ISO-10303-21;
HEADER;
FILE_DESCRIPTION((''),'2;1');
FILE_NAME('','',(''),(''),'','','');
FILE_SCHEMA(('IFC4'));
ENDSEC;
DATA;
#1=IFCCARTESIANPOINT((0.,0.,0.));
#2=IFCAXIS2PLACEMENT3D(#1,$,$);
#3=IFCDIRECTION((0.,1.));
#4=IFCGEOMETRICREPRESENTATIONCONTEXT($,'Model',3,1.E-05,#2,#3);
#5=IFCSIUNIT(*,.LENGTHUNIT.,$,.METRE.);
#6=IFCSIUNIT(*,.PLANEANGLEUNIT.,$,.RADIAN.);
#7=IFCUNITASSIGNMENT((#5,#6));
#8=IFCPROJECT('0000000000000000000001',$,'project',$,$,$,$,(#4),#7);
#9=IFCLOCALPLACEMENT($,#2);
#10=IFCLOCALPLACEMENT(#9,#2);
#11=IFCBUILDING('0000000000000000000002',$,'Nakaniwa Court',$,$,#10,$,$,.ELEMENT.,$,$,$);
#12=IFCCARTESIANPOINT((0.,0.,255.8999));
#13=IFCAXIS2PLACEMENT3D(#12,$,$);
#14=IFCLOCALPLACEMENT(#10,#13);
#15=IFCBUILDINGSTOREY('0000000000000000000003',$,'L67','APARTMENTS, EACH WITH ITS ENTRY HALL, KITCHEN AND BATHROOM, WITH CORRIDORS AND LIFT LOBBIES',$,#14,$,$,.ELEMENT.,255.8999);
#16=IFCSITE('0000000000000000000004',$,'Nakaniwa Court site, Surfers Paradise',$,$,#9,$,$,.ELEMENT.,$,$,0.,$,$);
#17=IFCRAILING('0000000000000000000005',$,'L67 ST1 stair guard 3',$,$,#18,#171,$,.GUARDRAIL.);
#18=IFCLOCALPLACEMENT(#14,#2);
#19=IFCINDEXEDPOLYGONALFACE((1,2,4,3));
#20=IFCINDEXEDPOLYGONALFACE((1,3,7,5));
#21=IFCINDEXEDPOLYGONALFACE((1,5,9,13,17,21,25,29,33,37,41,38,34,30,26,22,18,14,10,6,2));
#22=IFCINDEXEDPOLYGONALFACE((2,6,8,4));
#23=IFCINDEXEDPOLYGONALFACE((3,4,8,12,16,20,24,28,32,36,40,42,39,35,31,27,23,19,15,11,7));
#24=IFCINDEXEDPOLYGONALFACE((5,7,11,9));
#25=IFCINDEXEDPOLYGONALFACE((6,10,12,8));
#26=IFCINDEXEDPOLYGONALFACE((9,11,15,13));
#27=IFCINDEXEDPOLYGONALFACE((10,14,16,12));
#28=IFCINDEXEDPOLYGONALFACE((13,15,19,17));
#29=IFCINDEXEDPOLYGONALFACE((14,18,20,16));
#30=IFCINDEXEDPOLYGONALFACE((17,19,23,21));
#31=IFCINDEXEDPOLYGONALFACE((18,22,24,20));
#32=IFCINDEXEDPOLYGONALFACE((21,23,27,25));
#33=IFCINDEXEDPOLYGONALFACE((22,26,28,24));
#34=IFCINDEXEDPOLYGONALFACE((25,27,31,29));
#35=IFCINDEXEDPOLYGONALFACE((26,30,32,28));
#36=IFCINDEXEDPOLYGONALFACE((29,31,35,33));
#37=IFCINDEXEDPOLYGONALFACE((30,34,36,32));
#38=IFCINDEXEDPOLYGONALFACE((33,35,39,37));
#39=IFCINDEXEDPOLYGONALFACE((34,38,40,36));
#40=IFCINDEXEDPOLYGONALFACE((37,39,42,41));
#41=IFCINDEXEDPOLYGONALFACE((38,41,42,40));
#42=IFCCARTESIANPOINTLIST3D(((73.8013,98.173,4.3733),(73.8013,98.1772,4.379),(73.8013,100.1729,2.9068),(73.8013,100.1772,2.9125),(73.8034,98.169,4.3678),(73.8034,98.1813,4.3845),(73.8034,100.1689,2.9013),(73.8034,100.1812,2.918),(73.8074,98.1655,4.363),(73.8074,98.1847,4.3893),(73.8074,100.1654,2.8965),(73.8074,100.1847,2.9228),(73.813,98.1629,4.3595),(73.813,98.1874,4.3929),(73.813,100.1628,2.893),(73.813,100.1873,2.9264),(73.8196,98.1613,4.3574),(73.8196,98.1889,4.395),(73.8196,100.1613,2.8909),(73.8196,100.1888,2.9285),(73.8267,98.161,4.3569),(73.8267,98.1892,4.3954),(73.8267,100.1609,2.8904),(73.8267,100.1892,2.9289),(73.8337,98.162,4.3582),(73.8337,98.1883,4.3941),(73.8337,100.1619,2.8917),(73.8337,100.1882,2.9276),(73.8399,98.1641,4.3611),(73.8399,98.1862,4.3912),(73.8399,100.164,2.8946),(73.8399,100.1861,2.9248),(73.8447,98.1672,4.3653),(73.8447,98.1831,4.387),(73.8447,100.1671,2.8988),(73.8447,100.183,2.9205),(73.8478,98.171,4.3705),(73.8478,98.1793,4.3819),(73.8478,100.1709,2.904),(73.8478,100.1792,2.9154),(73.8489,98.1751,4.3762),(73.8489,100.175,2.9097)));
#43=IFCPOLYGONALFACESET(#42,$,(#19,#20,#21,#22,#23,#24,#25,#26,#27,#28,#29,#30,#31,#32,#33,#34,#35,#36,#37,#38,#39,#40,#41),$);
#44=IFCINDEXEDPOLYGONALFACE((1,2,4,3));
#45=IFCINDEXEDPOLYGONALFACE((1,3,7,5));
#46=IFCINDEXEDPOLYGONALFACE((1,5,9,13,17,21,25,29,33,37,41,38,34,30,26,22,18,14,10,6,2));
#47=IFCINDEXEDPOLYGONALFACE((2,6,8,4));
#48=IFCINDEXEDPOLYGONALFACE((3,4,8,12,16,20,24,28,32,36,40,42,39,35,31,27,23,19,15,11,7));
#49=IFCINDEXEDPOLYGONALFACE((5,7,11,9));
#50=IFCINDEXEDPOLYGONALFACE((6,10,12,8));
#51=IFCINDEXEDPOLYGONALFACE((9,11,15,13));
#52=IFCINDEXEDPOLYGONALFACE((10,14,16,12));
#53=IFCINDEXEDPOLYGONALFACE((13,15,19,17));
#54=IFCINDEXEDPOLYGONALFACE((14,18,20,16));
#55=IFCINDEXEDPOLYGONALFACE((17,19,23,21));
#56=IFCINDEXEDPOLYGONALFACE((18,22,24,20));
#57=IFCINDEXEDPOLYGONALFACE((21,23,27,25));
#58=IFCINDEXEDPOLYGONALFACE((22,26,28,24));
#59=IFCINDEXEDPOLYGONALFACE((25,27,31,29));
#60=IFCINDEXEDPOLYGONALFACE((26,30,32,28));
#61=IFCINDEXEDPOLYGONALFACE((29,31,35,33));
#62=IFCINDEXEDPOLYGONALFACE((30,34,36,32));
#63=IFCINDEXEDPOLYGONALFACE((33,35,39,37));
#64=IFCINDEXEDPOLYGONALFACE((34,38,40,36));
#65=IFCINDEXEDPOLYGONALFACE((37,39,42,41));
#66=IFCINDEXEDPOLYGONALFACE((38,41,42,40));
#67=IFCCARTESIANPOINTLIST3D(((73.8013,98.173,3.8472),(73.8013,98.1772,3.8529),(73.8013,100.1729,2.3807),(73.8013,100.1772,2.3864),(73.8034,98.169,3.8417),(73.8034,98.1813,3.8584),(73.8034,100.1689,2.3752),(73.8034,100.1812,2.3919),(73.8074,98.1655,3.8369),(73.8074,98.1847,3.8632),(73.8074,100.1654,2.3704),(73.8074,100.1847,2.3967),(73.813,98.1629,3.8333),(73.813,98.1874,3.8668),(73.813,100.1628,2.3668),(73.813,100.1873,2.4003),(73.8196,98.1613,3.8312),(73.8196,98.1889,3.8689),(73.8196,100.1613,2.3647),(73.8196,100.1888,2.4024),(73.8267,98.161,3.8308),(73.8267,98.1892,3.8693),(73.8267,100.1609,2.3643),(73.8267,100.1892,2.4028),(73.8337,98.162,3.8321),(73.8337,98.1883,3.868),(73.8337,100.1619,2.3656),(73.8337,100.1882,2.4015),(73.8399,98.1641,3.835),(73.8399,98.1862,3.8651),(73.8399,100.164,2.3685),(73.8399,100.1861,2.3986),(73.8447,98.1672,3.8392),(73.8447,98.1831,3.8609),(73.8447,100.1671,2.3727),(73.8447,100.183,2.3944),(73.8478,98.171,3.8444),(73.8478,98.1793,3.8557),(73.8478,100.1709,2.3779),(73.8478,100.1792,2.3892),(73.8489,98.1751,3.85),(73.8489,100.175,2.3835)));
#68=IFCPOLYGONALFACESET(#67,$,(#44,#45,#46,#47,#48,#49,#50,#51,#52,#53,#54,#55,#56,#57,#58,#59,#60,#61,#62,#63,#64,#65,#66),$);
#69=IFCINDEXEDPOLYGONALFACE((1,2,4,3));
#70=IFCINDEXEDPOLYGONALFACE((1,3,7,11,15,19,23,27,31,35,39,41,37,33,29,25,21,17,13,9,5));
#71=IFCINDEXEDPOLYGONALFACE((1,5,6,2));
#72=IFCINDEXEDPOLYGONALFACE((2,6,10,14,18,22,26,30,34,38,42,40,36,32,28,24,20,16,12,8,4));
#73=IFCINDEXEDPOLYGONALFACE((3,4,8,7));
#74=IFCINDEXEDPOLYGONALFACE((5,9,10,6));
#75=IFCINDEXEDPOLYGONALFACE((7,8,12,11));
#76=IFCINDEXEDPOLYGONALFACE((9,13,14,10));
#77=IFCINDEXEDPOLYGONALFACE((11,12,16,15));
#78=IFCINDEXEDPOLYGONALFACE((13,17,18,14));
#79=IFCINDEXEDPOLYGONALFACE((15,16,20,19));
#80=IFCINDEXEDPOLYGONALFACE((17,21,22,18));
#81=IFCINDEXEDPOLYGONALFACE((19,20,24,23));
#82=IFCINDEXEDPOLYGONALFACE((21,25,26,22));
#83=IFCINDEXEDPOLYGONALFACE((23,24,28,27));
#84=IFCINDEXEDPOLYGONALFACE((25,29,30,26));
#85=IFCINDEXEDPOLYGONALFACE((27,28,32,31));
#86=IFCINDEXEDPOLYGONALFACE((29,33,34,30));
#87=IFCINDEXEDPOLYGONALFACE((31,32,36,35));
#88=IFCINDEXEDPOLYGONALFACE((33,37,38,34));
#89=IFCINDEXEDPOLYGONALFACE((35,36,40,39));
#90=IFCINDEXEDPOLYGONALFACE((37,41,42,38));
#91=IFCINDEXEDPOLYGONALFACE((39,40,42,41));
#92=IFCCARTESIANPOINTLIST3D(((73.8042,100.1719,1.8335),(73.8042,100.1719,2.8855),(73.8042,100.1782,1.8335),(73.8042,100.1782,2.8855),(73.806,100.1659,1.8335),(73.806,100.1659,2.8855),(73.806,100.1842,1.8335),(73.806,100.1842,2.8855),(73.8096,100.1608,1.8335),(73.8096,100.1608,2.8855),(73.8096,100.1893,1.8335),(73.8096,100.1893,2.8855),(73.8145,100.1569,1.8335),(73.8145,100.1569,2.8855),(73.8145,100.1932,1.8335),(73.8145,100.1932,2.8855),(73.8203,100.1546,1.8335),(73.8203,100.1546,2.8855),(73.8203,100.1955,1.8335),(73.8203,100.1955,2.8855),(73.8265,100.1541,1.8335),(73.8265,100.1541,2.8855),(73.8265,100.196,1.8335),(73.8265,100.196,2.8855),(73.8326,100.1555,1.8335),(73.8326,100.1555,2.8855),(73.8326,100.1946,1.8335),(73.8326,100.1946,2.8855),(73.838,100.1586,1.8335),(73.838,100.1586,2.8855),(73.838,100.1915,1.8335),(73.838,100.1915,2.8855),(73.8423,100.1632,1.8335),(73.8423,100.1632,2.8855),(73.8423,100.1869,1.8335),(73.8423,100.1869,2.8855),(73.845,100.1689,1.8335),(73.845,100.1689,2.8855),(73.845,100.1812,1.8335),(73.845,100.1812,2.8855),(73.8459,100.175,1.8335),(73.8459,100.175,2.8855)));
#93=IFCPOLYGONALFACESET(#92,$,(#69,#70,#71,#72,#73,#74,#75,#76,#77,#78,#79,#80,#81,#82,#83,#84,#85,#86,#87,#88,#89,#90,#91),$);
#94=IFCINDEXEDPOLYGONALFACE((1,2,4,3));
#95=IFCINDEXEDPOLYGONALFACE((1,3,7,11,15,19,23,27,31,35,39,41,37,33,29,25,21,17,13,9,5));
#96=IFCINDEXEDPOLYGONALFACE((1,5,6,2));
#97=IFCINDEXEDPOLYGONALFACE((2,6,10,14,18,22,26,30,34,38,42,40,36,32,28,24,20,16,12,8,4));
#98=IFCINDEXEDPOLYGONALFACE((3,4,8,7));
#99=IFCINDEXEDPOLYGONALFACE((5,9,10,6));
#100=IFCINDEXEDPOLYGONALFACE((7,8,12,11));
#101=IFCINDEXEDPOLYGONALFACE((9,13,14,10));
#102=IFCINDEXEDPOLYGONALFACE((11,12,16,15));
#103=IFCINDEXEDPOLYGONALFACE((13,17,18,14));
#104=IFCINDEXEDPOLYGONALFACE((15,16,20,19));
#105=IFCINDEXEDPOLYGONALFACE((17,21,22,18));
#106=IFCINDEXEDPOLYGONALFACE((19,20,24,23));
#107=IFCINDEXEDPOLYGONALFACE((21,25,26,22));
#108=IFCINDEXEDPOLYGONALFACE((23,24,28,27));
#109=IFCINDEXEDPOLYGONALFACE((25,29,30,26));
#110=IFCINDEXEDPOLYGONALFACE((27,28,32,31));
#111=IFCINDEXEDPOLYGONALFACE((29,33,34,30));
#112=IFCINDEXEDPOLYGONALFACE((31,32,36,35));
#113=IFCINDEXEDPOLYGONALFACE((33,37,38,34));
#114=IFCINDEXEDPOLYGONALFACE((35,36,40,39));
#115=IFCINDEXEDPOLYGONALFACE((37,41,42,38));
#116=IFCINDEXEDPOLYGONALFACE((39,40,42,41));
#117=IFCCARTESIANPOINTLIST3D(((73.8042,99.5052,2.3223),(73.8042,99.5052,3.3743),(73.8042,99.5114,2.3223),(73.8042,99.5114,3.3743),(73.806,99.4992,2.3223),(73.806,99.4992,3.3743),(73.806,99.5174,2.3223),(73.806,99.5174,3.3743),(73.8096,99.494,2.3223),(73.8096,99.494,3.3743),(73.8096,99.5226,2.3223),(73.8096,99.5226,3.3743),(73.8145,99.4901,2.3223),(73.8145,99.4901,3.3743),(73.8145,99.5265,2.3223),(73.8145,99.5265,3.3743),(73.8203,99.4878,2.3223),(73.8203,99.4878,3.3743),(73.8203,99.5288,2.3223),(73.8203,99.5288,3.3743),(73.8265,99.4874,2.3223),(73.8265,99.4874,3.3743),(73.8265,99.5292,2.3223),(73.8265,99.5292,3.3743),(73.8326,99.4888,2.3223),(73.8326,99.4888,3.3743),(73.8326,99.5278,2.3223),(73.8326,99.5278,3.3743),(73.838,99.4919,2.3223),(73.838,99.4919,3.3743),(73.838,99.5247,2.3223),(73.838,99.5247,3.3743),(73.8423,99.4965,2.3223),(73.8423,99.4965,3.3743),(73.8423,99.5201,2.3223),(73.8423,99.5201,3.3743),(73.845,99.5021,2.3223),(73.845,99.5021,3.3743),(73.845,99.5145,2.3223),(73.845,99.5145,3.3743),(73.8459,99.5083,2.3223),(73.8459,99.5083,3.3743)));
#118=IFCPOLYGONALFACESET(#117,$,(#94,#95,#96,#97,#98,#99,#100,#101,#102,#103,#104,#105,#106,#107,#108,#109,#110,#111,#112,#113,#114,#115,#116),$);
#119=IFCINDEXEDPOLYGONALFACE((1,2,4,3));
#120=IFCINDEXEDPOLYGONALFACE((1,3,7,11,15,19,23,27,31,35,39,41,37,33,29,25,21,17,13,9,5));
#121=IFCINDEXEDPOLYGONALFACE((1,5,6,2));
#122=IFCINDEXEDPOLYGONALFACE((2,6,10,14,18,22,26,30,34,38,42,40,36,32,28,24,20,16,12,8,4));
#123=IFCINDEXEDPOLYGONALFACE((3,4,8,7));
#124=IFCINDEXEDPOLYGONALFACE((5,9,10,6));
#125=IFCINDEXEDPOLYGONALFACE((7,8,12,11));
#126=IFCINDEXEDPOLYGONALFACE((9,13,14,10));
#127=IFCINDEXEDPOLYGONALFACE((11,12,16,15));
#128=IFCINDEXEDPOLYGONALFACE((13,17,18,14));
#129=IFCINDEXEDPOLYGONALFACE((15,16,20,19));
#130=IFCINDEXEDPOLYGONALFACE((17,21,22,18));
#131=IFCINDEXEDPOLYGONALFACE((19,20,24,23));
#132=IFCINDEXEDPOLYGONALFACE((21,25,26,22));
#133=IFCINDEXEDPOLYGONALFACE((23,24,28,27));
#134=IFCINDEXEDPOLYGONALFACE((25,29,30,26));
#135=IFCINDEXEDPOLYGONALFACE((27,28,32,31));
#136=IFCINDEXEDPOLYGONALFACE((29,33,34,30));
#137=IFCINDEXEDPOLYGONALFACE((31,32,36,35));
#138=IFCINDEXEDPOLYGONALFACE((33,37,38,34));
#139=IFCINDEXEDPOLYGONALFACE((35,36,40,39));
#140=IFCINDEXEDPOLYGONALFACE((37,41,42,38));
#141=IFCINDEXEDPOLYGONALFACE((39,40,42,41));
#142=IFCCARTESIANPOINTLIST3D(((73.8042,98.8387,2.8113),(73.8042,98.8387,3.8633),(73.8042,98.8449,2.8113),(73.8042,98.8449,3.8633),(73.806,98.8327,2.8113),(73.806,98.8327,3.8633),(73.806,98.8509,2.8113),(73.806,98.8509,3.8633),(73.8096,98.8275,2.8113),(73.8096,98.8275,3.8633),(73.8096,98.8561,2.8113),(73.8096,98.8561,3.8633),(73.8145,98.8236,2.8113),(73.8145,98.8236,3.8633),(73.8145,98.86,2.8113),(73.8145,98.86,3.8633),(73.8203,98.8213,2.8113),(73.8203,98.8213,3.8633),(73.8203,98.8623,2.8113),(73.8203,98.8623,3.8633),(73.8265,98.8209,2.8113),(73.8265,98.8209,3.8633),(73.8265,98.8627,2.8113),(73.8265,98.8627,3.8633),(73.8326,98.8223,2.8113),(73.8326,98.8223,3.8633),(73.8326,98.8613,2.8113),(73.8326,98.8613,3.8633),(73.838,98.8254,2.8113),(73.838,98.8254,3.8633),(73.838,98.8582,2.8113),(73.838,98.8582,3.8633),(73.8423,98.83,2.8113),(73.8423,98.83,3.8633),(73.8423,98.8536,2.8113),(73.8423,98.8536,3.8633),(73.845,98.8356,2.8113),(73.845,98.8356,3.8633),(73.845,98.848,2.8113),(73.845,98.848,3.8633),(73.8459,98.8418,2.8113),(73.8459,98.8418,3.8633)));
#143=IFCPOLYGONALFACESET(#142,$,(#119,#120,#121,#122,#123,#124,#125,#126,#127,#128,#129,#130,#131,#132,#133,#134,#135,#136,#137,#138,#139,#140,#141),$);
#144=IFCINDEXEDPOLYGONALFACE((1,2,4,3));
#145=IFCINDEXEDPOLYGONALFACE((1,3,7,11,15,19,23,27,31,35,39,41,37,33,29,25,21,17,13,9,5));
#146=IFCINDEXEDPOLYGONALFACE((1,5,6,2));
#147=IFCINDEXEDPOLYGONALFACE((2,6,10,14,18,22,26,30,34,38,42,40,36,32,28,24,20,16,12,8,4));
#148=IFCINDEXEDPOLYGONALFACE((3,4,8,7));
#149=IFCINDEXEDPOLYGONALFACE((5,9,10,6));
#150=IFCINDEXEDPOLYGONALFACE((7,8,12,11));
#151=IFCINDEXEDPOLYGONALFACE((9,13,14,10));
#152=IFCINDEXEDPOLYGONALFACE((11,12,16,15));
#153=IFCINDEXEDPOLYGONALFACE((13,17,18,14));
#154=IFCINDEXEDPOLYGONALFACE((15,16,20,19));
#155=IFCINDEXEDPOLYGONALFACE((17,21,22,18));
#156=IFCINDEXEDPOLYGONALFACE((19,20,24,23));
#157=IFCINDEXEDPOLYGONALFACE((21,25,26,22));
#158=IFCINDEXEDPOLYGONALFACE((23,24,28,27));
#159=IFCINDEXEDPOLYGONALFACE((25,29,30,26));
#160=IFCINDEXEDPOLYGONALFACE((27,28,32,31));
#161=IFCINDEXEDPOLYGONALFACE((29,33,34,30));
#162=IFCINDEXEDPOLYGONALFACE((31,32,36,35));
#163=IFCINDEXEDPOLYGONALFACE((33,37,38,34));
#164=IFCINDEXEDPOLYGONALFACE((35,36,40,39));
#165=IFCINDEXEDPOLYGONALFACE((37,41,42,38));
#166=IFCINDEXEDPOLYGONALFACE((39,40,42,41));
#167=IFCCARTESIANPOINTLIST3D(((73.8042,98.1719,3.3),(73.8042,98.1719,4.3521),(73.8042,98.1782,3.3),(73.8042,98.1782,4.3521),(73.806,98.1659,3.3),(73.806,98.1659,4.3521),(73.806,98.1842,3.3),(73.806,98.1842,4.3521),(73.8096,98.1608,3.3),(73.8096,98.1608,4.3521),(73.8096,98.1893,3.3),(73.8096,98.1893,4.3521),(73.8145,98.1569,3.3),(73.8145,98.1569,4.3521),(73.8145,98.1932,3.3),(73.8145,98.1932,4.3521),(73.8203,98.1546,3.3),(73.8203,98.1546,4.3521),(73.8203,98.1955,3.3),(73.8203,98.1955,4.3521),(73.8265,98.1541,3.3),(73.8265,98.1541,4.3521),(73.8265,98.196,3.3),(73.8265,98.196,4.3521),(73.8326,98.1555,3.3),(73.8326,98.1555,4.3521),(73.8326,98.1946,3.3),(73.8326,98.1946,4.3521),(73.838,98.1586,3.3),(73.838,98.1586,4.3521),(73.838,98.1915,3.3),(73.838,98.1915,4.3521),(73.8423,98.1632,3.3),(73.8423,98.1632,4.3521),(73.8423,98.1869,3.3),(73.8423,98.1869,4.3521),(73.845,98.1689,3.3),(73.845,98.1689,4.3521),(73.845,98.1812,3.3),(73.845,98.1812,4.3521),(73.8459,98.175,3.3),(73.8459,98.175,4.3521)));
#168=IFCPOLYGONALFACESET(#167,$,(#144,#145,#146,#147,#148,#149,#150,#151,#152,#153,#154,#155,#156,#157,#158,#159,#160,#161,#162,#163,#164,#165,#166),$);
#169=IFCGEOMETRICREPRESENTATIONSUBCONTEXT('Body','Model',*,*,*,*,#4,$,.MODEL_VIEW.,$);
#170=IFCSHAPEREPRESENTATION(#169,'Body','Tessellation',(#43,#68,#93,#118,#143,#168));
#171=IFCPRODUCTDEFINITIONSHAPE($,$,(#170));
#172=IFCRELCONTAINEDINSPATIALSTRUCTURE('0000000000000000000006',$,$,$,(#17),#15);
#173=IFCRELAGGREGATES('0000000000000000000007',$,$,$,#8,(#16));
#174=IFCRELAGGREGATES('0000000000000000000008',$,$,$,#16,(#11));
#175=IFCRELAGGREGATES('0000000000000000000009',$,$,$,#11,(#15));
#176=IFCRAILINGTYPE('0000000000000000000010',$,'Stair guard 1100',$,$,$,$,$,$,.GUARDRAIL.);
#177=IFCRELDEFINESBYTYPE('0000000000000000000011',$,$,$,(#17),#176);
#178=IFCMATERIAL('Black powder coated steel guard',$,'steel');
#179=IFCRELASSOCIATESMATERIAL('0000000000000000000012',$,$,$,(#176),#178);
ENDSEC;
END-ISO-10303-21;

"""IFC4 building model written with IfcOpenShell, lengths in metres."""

from ifc_helpers import new_model, si_unit, direction, frame, origin, origin_2d, place, context, subcontext, project, spatial, circle, extrude, material, type_object, element, save


model = new_model("IFC4")

# Units and contexts
model_context = context("Model", 3, precision=1e-05, world=origin(), true_north=direction((0.0, 1.0)))
body_context = subcontext(model_context, "Body", "Model", "MODEL_VIEW")
ifc_project = project(units=[si_unit("LENGTHUNIT", "METRE"), si_unit("PLANEANGLEUNIT", "RADIAN")], contexts=[model_context])

# Site, building, storey
site_placement = place(None, origin())
site = spatial("IfcSite", under=ifc_project, at=site_placement, Name="Nakaniwa Court site, Surfers Paradise", CompositionType="ELEMENT", RefElevation=0.0)
building_placement = place(site_placement, origin())
building = spatial("IfcBuilding", under=site, at=building_placement, Name="Nakaniwa Court", CompositionType="ELEMENT")
storey_placement = place(building_placement, frame((0.0, 0.0, 255.8999)))
storey = spatial("IfcBuildingStorey", under=building, at=storey_placement, Name="L67", Description="APARTMENTS, EACH WITH ITS ENTRY HALL, KITCHEN AND BATHROOM, WITH CORRIDORS AND LIFT LOBBIES", CompositionType="ELEMENT", Elevation=255.8999)

# Railing
ifc_material_1 = material(Name="Black powder coated steel guard", Category="steel")
railing_type_1 = type_object("IfcRailingType", Name="Stair guard 1100", PredefinedType="GUARDRAIL", material=ifc_material_1)
railing_1_placement = place(storey_placement, frame((73.825, 100.175, 1.8335)))
element("IfcRailing", 1, at=railing_1_placement, inside=storey, type_object=railing_type_1, Name="L67 ST1 stair guard 3", PredefinedType="GUARDRAIL", context=body_context, shape_type="SweptSolid", body=[
    extrude(circle(Radius=0.0239, at=origin_2d()), frame((0.0, 0.0, 1.0762), z_axis=(0.0, -0.806427, 0.591334), x_axis=(1.0, 0.0, 0.0)), (0.0, 0.0, 1.0), 2.48),
    extrude(circle(Radius=0.0239, at=origin_2d()), frame((0.0, 0.0, 0.55), z_axis=(0.0, -0.806427, 0.591334), x_axis=(1.0, 0.0, 0.0)), (0.0, 0.0, 1.0), 2.48),
    extrude(circle(Radius=0.021, at=origin_2d()), origin(), (0.0, 0.0, 1.0), 1.052),
    extrude(circle(Radius=0.021, at=origin_2d()), frame((0.0, -0.6667, 0.4888)), (0.0, 0.0, 1.0), 1.052),
    extrude(circle(Radius=0.021, at=origin_2d()), frame((0.0, -1.3333, 0.9778)), (0.0, 0.0, 1.0), 1.052),
    extrude(circle(Radius=0.021, at=origin_2d()), frame((0.0, -2.0, 1.4666)), (0.0, 0.0, 1.0), 1.052),
])

save(model, "model.ifc")
